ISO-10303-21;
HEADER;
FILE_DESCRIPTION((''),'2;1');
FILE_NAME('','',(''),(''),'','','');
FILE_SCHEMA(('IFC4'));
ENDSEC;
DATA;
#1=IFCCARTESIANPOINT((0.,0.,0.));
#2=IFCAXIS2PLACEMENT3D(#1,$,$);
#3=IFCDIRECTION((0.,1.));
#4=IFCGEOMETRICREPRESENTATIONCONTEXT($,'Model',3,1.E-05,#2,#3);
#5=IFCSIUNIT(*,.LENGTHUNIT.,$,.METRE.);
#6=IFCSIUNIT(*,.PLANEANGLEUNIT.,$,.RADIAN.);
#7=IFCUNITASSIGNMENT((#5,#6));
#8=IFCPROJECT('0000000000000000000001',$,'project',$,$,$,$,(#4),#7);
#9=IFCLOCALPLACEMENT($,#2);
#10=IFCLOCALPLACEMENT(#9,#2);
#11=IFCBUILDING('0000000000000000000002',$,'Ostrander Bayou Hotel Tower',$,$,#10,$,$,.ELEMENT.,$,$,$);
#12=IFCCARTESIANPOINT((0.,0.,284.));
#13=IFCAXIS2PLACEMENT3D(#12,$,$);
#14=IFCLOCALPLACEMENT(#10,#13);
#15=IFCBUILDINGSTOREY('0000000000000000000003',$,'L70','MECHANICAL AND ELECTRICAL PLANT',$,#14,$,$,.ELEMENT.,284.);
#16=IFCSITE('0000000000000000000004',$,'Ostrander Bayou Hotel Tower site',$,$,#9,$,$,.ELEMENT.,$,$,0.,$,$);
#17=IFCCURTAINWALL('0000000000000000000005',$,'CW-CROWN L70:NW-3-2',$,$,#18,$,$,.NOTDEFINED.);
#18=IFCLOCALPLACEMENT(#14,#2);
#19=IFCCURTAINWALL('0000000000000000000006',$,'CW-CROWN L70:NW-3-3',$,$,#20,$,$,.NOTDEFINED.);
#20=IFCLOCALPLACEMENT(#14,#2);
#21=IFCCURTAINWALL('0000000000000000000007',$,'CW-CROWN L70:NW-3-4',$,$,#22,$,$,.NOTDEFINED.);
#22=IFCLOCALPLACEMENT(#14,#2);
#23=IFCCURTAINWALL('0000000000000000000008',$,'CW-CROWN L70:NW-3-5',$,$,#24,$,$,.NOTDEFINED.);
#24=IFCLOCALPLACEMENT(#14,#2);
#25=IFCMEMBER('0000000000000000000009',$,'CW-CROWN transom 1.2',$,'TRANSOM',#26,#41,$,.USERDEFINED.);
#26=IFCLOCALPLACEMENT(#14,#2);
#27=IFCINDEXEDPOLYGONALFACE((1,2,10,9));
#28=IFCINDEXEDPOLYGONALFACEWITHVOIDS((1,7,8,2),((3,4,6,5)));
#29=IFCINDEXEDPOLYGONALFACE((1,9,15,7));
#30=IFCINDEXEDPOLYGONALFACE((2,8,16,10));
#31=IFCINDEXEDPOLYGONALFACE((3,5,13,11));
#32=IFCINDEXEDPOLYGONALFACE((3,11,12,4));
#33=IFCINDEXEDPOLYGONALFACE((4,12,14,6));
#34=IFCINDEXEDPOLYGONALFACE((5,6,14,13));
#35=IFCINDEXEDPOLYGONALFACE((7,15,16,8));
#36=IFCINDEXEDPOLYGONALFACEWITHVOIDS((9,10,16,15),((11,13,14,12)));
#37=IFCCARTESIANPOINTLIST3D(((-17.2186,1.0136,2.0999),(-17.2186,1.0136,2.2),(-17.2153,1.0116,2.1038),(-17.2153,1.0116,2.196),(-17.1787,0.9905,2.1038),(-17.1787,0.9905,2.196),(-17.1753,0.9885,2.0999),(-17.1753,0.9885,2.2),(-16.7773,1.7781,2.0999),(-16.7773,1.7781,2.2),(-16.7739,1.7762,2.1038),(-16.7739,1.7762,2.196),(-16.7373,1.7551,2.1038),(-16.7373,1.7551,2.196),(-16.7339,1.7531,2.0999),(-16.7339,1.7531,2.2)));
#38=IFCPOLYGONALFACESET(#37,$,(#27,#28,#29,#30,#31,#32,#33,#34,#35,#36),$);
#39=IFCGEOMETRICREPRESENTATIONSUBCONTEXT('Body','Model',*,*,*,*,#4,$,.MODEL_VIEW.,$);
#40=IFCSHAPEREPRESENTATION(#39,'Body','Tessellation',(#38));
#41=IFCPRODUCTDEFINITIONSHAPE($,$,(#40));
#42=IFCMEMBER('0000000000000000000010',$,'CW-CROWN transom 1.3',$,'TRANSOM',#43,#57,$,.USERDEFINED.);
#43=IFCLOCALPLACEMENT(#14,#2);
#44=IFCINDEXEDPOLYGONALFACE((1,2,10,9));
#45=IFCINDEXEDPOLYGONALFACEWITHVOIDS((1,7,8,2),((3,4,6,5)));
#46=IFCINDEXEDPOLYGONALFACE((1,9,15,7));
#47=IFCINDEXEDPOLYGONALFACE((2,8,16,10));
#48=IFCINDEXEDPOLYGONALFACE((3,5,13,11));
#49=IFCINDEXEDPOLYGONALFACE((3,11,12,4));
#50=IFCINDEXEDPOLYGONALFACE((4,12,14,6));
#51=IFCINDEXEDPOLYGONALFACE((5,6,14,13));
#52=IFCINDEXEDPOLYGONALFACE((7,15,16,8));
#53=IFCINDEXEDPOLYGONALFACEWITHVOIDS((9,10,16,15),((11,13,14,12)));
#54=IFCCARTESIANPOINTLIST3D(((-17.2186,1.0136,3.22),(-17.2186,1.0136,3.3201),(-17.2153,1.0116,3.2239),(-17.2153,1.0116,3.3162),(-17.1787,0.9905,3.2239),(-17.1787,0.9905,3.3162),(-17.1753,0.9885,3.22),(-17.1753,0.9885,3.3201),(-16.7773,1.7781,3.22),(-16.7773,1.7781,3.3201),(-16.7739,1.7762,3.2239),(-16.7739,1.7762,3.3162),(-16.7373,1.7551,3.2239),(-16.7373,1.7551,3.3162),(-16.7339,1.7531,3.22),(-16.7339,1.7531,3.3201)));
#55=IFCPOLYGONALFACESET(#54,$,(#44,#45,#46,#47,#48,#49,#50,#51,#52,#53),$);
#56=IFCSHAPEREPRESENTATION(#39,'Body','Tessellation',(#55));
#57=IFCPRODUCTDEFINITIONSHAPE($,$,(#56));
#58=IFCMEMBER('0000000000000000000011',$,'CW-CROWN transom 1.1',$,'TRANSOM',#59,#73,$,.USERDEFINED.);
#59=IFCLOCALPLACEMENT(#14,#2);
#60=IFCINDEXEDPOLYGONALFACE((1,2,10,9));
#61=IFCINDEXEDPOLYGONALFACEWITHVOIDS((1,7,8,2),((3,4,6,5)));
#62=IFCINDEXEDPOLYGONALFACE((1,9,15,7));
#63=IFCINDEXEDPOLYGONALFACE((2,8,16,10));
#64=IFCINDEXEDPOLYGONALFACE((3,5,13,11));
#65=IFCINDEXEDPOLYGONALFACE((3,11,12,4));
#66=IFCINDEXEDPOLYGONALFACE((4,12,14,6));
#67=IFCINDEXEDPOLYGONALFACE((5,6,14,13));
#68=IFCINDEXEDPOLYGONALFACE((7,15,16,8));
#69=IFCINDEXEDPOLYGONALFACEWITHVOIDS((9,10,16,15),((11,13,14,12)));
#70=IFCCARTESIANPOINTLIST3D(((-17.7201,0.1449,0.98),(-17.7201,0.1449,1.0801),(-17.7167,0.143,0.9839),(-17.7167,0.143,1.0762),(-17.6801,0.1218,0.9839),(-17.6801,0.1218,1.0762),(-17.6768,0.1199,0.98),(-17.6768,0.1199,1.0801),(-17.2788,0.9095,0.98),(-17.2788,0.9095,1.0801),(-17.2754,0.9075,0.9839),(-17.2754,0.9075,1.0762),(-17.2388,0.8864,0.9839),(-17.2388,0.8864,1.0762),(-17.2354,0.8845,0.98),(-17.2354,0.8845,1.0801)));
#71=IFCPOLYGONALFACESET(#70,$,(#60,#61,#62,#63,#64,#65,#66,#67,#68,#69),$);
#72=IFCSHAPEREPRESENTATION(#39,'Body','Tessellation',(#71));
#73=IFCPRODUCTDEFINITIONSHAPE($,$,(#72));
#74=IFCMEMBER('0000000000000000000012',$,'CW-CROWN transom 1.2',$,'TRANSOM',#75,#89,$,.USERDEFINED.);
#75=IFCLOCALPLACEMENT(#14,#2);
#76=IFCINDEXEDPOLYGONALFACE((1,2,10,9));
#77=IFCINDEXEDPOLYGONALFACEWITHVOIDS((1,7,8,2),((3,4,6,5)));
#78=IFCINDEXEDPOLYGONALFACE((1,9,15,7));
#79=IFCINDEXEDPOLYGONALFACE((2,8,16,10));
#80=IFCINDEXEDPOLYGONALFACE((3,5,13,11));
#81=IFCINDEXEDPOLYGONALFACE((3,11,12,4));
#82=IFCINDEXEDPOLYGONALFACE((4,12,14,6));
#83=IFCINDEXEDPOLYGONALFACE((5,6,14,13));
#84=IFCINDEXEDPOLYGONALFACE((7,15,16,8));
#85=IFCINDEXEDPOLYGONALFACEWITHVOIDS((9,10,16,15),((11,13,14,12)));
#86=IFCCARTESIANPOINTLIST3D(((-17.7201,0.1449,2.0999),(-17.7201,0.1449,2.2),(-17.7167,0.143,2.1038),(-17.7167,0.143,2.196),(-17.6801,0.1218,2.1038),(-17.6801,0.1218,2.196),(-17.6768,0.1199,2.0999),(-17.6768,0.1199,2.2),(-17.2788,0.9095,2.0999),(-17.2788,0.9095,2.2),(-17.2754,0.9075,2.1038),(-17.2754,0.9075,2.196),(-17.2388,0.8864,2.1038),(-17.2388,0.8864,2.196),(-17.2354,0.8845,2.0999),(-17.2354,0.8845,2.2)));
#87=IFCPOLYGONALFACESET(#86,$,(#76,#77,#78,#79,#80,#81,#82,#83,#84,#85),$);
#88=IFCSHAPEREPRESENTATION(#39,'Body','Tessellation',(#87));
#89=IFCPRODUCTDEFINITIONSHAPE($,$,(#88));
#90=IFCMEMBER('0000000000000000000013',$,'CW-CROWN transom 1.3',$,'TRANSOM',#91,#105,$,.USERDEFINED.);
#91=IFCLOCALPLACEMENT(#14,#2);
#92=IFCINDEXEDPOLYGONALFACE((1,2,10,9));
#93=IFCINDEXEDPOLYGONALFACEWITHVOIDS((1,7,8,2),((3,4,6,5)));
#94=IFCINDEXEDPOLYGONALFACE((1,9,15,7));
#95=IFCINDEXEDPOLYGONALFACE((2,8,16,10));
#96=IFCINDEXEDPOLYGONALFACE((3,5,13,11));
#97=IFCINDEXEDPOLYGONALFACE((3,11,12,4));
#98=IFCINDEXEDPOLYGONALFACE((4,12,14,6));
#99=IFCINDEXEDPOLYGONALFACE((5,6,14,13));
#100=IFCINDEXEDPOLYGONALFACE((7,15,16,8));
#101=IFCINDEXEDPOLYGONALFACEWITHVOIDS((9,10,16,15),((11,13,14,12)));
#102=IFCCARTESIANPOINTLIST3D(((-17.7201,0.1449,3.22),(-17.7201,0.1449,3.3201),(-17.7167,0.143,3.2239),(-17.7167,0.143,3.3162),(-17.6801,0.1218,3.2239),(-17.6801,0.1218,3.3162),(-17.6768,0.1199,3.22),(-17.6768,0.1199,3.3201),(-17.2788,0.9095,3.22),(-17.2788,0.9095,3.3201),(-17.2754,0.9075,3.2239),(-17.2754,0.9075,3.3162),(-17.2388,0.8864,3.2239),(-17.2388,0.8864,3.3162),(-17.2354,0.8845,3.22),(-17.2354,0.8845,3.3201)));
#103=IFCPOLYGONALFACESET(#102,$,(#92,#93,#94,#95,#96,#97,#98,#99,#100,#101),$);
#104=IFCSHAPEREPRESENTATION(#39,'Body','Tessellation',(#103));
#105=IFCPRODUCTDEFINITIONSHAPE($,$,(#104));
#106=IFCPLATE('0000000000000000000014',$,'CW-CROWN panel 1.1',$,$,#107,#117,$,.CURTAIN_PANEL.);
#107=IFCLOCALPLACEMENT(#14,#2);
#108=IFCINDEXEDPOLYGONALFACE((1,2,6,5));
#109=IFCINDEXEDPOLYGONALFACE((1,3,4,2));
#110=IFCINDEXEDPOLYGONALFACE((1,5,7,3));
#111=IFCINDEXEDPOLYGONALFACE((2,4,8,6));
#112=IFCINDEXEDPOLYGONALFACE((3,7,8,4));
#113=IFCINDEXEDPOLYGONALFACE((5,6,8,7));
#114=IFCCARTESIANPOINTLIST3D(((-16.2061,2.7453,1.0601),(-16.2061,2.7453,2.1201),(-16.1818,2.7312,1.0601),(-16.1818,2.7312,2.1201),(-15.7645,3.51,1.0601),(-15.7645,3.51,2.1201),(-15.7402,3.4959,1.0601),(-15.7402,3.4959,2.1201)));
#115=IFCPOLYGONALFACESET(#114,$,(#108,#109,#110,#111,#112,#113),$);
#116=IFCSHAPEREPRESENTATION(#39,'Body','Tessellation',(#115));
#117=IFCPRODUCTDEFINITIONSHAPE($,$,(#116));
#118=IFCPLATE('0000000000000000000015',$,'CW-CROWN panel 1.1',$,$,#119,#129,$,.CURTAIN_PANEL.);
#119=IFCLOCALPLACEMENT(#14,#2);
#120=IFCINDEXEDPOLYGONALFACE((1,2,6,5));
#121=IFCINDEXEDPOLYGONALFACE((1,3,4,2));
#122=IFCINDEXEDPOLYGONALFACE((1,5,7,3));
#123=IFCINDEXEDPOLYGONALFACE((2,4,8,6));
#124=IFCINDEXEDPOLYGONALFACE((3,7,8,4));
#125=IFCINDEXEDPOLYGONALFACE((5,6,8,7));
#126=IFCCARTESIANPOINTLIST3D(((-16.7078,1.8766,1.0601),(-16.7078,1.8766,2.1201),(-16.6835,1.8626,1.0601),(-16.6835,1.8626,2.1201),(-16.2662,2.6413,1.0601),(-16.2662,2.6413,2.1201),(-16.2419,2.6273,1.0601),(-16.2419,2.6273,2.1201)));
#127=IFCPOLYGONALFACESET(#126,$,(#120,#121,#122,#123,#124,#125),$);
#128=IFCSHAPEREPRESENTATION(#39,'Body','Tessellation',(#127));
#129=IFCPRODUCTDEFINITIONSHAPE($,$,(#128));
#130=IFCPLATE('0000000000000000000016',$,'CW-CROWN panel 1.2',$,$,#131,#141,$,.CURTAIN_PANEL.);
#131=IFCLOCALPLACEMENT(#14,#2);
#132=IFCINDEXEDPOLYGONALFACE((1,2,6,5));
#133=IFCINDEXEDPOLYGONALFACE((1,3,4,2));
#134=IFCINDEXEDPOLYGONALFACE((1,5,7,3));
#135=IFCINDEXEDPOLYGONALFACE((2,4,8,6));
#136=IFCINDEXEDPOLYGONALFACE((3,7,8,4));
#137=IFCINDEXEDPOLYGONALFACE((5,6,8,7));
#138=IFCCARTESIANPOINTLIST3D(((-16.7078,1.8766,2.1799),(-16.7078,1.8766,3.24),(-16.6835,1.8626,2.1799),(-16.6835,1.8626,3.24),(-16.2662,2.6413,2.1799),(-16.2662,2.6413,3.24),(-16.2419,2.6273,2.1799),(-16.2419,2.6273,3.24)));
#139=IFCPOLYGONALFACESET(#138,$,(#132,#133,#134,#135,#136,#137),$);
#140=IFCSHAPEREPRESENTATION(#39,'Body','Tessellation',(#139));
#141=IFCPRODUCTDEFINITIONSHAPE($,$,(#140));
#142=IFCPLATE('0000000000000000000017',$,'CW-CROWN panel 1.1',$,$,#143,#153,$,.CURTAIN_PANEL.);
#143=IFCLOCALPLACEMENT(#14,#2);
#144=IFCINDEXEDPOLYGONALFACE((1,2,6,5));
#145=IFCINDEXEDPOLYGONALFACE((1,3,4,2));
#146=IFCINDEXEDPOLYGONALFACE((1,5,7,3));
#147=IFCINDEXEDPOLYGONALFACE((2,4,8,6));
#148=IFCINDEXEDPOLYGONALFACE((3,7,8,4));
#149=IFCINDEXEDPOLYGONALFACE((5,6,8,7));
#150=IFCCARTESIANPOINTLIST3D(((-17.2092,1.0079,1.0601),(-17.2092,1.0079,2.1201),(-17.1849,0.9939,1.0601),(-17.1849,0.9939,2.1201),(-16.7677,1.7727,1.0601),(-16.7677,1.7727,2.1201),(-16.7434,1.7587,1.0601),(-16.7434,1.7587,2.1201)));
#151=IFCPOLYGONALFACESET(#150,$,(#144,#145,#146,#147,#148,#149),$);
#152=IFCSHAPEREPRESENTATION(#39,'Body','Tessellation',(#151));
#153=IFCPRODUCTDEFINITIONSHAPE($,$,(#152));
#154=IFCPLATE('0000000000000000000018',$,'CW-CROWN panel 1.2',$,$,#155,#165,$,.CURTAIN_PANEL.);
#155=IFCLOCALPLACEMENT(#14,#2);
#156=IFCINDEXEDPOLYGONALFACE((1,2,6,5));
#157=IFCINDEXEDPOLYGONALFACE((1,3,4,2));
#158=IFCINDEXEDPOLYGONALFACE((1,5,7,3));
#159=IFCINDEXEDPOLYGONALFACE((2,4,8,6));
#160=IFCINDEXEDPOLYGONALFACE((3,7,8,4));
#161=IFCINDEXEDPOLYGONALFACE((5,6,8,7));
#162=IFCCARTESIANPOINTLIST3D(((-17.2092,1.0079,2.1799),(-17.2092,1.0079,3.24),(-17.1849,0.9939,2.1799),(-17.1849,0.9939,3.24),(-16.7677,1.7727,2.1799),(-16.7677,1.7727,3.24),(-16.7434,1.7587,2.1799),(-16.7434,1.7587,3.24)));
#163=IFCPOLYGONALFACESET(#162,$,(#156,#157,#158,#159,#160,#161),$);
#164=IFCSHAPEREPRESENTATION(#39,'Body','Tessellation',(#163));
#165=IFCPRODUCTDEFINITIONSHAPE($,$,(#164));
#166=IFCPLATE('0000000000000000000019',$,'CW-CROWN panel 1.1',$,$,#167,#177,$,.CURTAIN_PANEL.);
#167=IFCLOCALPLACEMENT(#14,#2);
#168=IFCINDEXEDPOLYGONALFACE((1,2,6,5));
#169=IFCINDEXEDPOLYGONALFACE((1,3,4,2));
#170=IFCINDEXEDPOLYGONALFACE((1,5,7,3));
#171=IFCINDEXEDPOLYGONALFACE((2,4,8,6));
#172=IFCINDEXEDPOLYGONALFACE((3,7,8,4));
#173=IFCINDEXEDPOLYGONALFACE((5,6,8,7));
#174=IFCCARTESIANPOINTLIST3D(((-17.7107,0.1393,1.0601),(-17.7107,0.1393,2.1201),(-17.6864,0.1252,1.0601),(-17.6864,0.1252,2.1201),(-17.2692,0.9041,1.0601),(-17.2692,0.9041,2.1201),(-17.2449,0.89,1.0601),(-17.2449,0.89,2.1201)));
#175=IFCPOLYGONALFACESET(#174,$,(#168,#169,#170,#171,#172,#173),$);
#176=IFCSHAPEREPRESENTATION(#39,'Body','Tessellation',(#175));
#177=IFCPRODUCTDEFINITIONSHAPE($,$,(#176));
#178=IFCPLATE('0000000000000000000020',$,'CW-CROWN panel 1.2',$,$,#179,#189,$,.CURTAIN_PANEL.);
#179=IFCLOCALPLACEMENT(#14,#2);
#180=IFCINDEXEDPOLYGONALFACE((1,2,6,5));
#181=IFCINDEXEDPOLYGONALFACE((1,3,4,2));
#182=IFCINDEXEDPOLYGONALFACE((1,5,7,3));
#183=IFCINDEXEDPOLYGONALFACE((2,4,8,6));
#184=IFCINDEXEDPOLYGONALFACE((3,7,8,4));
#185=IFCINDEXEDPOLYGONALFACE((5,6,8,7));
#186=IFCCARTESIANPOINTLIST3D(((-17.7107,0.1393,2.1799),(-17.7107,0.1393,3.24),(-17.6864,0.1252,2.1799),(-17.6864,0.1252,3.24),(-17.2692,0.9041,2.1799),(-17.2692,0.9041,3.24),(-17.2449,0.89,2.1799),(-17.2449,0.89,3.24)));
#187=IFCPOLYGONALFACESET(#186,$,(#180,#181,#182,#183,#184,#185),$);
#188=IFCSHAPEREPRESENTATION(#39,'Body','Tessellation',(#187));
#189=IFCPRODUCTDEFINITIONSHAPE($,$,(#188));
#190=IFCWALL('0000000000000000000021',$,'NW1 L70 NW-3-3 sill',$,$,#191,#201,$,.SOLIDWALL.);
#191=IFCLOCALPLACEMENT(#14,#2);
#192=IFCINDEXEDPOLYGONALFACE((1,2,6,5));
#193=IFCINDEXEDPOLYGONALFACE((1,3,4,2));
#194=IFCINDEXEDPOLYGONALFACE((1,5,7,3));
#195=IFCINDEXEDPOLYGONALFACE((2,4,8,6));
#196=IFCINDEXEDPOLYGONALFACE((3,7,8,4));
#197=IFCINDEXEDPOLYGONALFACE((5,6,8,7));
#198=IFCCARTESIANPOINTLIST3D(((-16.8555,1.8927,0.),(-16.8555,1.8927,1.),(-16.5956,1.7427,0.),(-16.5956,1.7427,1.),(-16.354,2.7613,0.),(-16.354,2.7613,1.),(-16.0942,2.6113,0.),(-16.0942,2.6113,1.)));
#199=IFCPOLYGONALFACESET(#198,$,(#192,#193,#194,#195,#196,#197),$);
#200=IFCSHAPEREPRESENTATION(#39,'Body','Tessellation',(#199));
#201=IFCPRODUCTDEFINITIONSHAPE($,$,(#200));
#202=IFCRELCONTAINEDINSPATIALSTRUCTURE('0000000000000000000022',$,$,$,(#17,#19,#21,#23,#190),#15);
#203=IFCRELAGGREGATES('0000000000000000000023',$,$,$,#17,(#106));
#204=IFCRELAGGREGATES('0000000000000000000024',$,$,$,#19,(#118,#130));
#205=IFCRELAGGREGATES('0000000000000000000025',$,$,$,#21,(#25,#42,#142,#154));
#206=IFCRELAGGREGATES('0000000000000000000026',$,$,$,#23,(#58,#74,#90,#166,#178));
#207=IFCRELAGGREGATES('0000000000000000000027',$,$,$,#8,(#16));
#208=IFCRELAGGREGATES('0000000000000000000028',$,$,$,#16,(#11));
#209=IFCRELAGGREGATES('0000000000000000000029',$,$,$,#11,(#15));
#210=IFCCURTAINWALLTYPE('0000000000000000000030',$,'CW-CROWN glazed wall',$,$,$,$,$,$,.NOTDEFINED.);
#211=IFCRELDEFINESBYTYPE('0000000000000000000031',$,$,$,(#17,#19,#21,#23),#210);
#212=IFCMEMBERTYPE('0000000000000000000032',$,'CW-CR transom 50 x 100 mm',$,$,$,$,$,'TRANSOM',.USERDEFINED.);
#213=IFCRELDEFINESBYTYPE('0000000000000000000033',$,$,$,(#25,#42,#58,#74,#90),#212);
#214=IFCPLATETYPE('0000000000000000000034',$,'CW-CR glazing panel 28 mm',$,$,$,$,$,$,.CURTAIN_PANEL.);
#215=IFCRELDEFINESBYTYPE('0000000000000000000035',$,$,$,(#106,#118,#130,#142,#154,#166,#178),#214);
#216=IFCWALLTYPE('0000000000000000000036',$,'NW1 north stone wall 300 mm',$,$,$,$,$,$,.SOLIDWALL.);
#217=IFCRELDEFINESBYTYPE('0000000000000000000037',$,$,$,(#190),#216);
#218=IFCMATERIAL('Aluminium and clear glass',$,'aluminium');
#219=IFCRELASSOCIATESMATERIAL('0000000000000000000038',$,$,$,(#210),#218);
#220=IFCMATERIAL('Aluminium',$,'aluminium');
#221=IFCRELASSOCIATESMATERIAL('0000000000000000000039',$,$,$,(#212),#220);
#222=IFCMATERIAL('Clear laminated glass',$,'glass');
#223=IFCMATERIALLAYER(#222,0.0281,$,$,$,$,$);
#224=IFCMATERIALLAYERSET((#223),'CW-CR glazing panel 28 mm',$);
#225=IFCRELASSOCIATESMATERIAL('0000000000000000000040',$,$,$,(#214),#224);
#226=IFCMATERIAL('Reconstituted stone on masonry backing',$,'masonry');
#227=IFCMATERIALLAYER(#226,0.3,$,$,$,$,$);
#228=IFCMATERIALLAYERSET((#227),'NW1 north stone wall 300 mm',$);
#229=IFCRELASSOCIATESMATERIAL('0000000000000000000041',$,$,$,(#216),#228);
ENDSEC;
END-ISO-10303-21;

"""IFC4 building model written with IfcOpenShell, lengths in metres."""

from ifc_helpers import new_model, si_unit, direction, frame, frame_2d, origin, origin_2d, place, context, subcontext, project, spatial, rectangle, hollow_rectangle, extrude, material, layer, layer_set, material_profile, profile_set, type_object, element, aggregate, save


model = new_model("IFC4")

# Units and contexts
model_context = context("Model", 3, precision=1e-05, world=origin(), true_north=direction((0.0, 1.0)))
body_context = subcontext(model_context, "Body", "Model", "MODEL_VIEW")
ifc_project = project(units=[si_unit("LENGTHUNIT", "METRE"), si_unit("PLANEANGLEUNIT", "RADIAN")], contexts=[model_context])

# Site, building, storey
site_placement = place(None, origin())
site = spatial("IfcSite", under=ifc_project, at=site_placement, Name="Ostrander Bayou Hotel Tower site", CompositionType="ELEMENT", RefElevation=0.0)
building_placement = place(site_placement, origin())
building = spatial("IfcBuilding", under=site, at=building_placement, Name="Ostrander Bayou Hotel Tower", CompositionType="ELEMENT")
storey_placement = place(building_placement, frame((0.0, 0.0, 284.0)))
storey = spatial("IfcBuildingStorey", under=building, at=storey_placement, Name="L70", Description="MECHANICAL AND ELECTRICAL PLANT", CompositionType="ELEMENT", Elevation=284.0)

# Curtain wall
ifc_material_1 = material(Name="Aluminium and clear glass", Category="aluminium")
curtain_wall_type = type_object("IfcCurtainWallType", Name="CW-CROWN glazed wall", PredefinedType="NOTDEFINED", material=ifc_material_1)
curtain_wall_1_placement = place(storey_placement, origin())
curtain_wall_1 = element("IfcCurtainWall", 1, at=curtain_wall_1_placement, inside=storey, type_object=curtain_wall_type, Name="CW-CROWN L70:NW-3-2", PredefinedType="NOTDEFINED")

# Curtain walls
curtain_wall_2_placement = place(storey_placement, origin())
curtain_wall_2 = element("IfcCurtainWall", 2, at=curtain_wall_2_placement, inside=storey, type_object=curtain_wall_type, Name="CW-CROWN L70:NW-3-3", PredefinedType="NOTDEFINED")
curtain_wall_3_placement = place(storey_placement, origin())
curtain_wall_3 = element("IfcCurtainWall", 3, at=curtain_wall_3_placement, inside=storey, type_object=curtain_wall_type, Name="CW-CROWN L70:NW-3-4", PredefinedType="NOTDEFINED")
curtain_wall_4_placement = place(storey_placement, origin())
curtain_wall_4 = element("IfcCurtainWall", 4, at=curtain_wall_4_placement, inside=storey, type_object=curtain_wall_type, Name="CW-CROWN L70:NW-3-5", PredefinedType="NOTDEFINED")

# Members
ifc_material_2 = material(Name="Aluminium", Category="aluminium")
ifc_material_profile_1 = material_profile(ifc_material_2, hollow_rectangle(XDim=0.05, YDim=0.1001, WallThickness=0.0039, at=origin_2d()))
ifc_profile_set_1 = profile_set([ifc_material_profile_1], Name="Aluminium")
member_type_1 = type_object("IfcMemberType", Name="CW-CR transom 50 x 100 mm", ElementType="TRANSOM", PredefinedType="USERDEFINED", material=ifc_profile_set_1)
member_1_placement = place(storey_placement, frame((-16.7556, 1.7656, 2.1499), z_axis=(-0.499946, -0.866057, 0.0), x_axis=(0.866057, -0.499946, 0.0)))
member_1 = element("IfcMember", 5, at=member_1_placement, type_object=member_type_1, Name="CW-CROWN transom 1.2", ObjectType="TRANSOM", PredefinedType="USERDEFINED", context=body_context, shape_type="SweptSolid", body=[
    extrude(hollow_rectangle(XDim=0.05, YDim=0.1001, WallThickness=0.0039, at=origin_2d()), origin(), (0.0, 0.0, 1.0), 0.8828),
])
member_2_placement = place(storey_placement, frame((-16.7556, 1.7656, 3.27), z_axis=(-0.499946, -0.866057, 0.0), x_axis=(0.866057, -0.499946, 0.0)))
member_2 = element("IfcMember", 6, at=member_2_placement, type_object=member_type_1, Name="CW-CROWN transom 1.3", ObjectType="TRANSOM", PredefinedType="USERDEFINED", context=body_context, shape_type="SweptSolid", body=[
    extrude(hollow_rectangle(XDim=0.05, YDim=0.1001, WallThickness=0.0039, at=origin_2d()), origin(), (0.0, 0.0, 1.0), 0.8828),
])
member_3_placement = place(storey_placement, frame((-17.2571, 0.897, 1.03), z_axis=(-0.499946, -0.866057, 0.0), x_axis=(0.866057, -0.499946, 0.0)))
member_3 = element("IfcMember", 7, at=member_3_placement, type_object=member_type_1, Name="CW-CROWN transom 1.1", ObjectType="TRANSOM", PredefinedType="USERDEFINED", context=body_context, shape_type="SweptSolid", body=[
    extrude(hollow_rectangle(XDim=0.05, YDim=0.1001, WallThickness=0.0039, at=origin_2d()), origin(), (0.0, 0.0, 1.0), 0.8828),
])
member_4_placement = place(storey_placement, frame((-17.2571, 0.897, 2.1499), z_axis=(-0.499946, -0.866057, 0.0), x_axis=(0.866057, -0.499946, 0.0)))
member_4 = element("IfcMember", 8, at=member_4_placement, type_object=member_type_1, Name="CW-CROWN transom 1.2", ObjectType="TRANSOM", PredefinedType="USERDEFINED", context=body_context, shape_type="SweptSolid", body=[
    extrude(hollow_rectangle(XDim=0.05, YDim=0.1001, WallThickness=0.0039, at=origin_2d()), origin(), (0.0, 0.0, 1.0), 0.8828),
])
member_5_placement = place(storey_placement, frame((-17.2571, 0.897, 3.27), z_axis=(-0.499946, -0.866057, 0.0), x_axis=(0.866057, -0.499946, 0.0)))
member_5 = element("IfcMember", 9, at=member_5_placement, type_object=member_type_1, Name="CW-CROWN transom 1.3", ObjectType="TRANSOM", PredefinedType="USERDEFINED", context=body_context, shape_type="SweptSolid", body=[
    extrude(hollow_rectangle(XDim=0.05, YDim=0.1001, WallThickness=0.0039, at=origin_2d()), origin(), (0.0, 0.0, 1.0), 0.8828),
])

# Plates
ifc_material_3 = material(Name="Clear laminated glass", Category="glass")
ifc_layer_1 = layer(ifc_material_3, 0.0281)
ifc_layer_set_1 = layer_set([ifc_layer_1], Name="CW-CR glazing panel 28 mm")
plate_type = type_object("IfcPlateType", Name="CW-CR glazing panel 28 mm", PredefinedType="CURTAIN_PANEL", material=ifc_layer_set_1)
plate_1_placement = place(storey_placement, frame((-15.9731, 3.1206, 1.0601), z_axis=(0.0, 0.0, 1.0), x_axis=(-0.500042, -0.866001, 0.0)))
plate_1 = element("IfcPlate", 10, at=plate_1_placement, type_object=plate_type, Name="CW-CROWN panel 1.1", PredefinedType="CURTAIN_PANEL", context=body_context, shape_type="SweptSolid", body=[
    extrude(rectangle(XDim=0.8831, YDim=0.0281, at=origin_2d()), origin(), (0.0, 0.0, 1.0), 1.0601),
])
aggregate(curtain_wall_1, [plate_1])
plate_2_placement = place(storey_placement, frame((-16.4749, 2.252, 1.0601), z_axis=(0.0, 0.0, 1.0), x_axis=(-0.50001, -0.86602, 0.0)))
plate_2 = element("IfcPlate", 11, at=plate_2_placement, type_object=plate_type, Name="CW-CROWN panel 1.1", PredefinedType="CURTAIN_PANEL", context=body_context, shape_type="SweptSolid", body=[
    extrude(rectangle(XDim=0.8831, YDim=0.0281, at=origin_2d()), origin(), (0.0, 0.0, 1.0), 1.0601),
])
plate_3_placement = place(storey_placement, frame((-16.4749, 2.252, 2.1799), z_axis=(0.0, 0.0, 1.0), x_axis=(-0.50001, -0.86602, 0.0)))
plate_3 = element("IfcPlate", 12, at=plate_3_placement, type_object=plate_type, Name="CW-CROWN panel 1.2", PredefinedType="CURTAIN_PANEL", context=body_context, shape_type="SweptSolid", body=[
    extrude(rectangle(XDim=0.8831, YDim=0.0281, at=origin_2d()), origin(), (0.0, 0.0, 1.0), 1.0601),
])
aggregate(curtain_wall_2, [plate_2, plate_3])
plate_4_placement = place(storey_placement, frame((-16.9763, 1.3833, 1.0601), z_axis=(0.0, 0.0, 1.0), x_axis=(-0.499967, -0.866044, 0.0)))
plate_4 = element("IfcPlate", 13, at=plate_4_placement, type_object=plate_type, Name="CW-CROWN panel 1.1", PredefinedType="CURTAIN_PANEL", context=body_context, shape_type="SweptSolid", body=[
    extrude(rectangle(XDim=0.8831, YDim=0.0281, at=origin_2d()), origin(), (0.0, 0.0, 1.0), 1.0601),
])
plate_5_placement = place(storey_placement, frame((-16.9763, 1.3833, 2.1799), z_axis=(0.0, 0.0, 1.0), x_axis=(-0.499967, -0.866044, 0.0)))
plate_5 = element("IfcPlate", 14, at=plate_5_placement, type_object=plate_type, Name="CW-CROWN panel 1.2", PredefinedType="CURTAIN_PANEL", context=body_context, shape_type="SweptSolid", body=[
    extrude(rectangle(XDim=0.8831, YDim=0.0281, at=origin_2d()), origin(), (0.0, 0.0, 1.0), 1.0601),
])
aggregate(curtain_wall_3, [member_1, member_2, plate_4, plate_5])
plate_6_placement = place(storey_placement, frame((-17.4778, 0.5146, 1.0601), z_axis=(0.0, 0.0, 1.0), x_axis=(-0.499967, -0.866044, 0.0)))
plate_6 = element("IfcPlate", 15, at=plate_6_placement, type_object=plate_type, Name="CW-CROWN panel 1.1", PredefinedType="CURTAIN_PANEL", context=body_context, shape_type="SweptSolid", body=[
    extrude(rectangle(XDim=0.8831, YDim=0.0281, at=origin_2d()), origin(), (0.0, 0.0, 1.0), 1.0601),
])
plate_7_placement = place(storey_placement, frame((-17.4778, 0.5146, 2.1799), z_axis=(0.0, 0.0, 1.0), x_axis=(-0.499967, -0.866044, 0.0)))
plate_7 = element("IfcPlate", 16, at=plate_7_placement, type_object=plate_type, Name="CW-CROWN panel 1.2", PredefinedType="CURTAIN_PANEL", context=body_context, shape_type="SweptSolid", body=[
    extrude(rectangle(XDim=0.8831, YDim=0.0281, at=origin_2d()), origin(), (0.0, 0.0, 1.0), 1.0601),
])
aggregate(curtain_wall_4, [member_3, member_4, member_5, plate_6, plate_7])

# Wall
ifc_material_4 = material(Name="Reconstituted stone on masonry backing", Category="masonry")
ifc_layer_2 = layer(ifc_material_4, 0.3)
ifc_layer_set_2 = layer_set([ifc_layer_2], Name="NW1 north stone wall 300 mm")
wall_type = type_object("IfcWallType", Name="NW1 north stone wall 300 mm", PredefinedType="SOLIDWALL", material=ifc_layer_set_2)
for number, where, z_axis, x_axis, name in (
    (17, (-16.2241, 2.6863, 0.0), (0.0, 0.0, 1.0), (-0.499961, -0.866048, 0.0), "NW1 L70 NW-3-3 sill"),
):
    element("IfcWall", number, at=place(storey_placement, frame(where, z_axis=z_axis, x_axis=x_axis)), inside=storey, type_object=wall_type, Name=name, PredefinedType="SOLIDWALL", context=body_context, shape_type="SweptSolid", body=[
        extrude(rectangle(XDim=1.0029, YDim=0.3, at=frame_2d((0.5015, 0.0))), origin(), (0.0, 0.0, 1.0), 1.0),
    ])

save(model, "model.ifc")
